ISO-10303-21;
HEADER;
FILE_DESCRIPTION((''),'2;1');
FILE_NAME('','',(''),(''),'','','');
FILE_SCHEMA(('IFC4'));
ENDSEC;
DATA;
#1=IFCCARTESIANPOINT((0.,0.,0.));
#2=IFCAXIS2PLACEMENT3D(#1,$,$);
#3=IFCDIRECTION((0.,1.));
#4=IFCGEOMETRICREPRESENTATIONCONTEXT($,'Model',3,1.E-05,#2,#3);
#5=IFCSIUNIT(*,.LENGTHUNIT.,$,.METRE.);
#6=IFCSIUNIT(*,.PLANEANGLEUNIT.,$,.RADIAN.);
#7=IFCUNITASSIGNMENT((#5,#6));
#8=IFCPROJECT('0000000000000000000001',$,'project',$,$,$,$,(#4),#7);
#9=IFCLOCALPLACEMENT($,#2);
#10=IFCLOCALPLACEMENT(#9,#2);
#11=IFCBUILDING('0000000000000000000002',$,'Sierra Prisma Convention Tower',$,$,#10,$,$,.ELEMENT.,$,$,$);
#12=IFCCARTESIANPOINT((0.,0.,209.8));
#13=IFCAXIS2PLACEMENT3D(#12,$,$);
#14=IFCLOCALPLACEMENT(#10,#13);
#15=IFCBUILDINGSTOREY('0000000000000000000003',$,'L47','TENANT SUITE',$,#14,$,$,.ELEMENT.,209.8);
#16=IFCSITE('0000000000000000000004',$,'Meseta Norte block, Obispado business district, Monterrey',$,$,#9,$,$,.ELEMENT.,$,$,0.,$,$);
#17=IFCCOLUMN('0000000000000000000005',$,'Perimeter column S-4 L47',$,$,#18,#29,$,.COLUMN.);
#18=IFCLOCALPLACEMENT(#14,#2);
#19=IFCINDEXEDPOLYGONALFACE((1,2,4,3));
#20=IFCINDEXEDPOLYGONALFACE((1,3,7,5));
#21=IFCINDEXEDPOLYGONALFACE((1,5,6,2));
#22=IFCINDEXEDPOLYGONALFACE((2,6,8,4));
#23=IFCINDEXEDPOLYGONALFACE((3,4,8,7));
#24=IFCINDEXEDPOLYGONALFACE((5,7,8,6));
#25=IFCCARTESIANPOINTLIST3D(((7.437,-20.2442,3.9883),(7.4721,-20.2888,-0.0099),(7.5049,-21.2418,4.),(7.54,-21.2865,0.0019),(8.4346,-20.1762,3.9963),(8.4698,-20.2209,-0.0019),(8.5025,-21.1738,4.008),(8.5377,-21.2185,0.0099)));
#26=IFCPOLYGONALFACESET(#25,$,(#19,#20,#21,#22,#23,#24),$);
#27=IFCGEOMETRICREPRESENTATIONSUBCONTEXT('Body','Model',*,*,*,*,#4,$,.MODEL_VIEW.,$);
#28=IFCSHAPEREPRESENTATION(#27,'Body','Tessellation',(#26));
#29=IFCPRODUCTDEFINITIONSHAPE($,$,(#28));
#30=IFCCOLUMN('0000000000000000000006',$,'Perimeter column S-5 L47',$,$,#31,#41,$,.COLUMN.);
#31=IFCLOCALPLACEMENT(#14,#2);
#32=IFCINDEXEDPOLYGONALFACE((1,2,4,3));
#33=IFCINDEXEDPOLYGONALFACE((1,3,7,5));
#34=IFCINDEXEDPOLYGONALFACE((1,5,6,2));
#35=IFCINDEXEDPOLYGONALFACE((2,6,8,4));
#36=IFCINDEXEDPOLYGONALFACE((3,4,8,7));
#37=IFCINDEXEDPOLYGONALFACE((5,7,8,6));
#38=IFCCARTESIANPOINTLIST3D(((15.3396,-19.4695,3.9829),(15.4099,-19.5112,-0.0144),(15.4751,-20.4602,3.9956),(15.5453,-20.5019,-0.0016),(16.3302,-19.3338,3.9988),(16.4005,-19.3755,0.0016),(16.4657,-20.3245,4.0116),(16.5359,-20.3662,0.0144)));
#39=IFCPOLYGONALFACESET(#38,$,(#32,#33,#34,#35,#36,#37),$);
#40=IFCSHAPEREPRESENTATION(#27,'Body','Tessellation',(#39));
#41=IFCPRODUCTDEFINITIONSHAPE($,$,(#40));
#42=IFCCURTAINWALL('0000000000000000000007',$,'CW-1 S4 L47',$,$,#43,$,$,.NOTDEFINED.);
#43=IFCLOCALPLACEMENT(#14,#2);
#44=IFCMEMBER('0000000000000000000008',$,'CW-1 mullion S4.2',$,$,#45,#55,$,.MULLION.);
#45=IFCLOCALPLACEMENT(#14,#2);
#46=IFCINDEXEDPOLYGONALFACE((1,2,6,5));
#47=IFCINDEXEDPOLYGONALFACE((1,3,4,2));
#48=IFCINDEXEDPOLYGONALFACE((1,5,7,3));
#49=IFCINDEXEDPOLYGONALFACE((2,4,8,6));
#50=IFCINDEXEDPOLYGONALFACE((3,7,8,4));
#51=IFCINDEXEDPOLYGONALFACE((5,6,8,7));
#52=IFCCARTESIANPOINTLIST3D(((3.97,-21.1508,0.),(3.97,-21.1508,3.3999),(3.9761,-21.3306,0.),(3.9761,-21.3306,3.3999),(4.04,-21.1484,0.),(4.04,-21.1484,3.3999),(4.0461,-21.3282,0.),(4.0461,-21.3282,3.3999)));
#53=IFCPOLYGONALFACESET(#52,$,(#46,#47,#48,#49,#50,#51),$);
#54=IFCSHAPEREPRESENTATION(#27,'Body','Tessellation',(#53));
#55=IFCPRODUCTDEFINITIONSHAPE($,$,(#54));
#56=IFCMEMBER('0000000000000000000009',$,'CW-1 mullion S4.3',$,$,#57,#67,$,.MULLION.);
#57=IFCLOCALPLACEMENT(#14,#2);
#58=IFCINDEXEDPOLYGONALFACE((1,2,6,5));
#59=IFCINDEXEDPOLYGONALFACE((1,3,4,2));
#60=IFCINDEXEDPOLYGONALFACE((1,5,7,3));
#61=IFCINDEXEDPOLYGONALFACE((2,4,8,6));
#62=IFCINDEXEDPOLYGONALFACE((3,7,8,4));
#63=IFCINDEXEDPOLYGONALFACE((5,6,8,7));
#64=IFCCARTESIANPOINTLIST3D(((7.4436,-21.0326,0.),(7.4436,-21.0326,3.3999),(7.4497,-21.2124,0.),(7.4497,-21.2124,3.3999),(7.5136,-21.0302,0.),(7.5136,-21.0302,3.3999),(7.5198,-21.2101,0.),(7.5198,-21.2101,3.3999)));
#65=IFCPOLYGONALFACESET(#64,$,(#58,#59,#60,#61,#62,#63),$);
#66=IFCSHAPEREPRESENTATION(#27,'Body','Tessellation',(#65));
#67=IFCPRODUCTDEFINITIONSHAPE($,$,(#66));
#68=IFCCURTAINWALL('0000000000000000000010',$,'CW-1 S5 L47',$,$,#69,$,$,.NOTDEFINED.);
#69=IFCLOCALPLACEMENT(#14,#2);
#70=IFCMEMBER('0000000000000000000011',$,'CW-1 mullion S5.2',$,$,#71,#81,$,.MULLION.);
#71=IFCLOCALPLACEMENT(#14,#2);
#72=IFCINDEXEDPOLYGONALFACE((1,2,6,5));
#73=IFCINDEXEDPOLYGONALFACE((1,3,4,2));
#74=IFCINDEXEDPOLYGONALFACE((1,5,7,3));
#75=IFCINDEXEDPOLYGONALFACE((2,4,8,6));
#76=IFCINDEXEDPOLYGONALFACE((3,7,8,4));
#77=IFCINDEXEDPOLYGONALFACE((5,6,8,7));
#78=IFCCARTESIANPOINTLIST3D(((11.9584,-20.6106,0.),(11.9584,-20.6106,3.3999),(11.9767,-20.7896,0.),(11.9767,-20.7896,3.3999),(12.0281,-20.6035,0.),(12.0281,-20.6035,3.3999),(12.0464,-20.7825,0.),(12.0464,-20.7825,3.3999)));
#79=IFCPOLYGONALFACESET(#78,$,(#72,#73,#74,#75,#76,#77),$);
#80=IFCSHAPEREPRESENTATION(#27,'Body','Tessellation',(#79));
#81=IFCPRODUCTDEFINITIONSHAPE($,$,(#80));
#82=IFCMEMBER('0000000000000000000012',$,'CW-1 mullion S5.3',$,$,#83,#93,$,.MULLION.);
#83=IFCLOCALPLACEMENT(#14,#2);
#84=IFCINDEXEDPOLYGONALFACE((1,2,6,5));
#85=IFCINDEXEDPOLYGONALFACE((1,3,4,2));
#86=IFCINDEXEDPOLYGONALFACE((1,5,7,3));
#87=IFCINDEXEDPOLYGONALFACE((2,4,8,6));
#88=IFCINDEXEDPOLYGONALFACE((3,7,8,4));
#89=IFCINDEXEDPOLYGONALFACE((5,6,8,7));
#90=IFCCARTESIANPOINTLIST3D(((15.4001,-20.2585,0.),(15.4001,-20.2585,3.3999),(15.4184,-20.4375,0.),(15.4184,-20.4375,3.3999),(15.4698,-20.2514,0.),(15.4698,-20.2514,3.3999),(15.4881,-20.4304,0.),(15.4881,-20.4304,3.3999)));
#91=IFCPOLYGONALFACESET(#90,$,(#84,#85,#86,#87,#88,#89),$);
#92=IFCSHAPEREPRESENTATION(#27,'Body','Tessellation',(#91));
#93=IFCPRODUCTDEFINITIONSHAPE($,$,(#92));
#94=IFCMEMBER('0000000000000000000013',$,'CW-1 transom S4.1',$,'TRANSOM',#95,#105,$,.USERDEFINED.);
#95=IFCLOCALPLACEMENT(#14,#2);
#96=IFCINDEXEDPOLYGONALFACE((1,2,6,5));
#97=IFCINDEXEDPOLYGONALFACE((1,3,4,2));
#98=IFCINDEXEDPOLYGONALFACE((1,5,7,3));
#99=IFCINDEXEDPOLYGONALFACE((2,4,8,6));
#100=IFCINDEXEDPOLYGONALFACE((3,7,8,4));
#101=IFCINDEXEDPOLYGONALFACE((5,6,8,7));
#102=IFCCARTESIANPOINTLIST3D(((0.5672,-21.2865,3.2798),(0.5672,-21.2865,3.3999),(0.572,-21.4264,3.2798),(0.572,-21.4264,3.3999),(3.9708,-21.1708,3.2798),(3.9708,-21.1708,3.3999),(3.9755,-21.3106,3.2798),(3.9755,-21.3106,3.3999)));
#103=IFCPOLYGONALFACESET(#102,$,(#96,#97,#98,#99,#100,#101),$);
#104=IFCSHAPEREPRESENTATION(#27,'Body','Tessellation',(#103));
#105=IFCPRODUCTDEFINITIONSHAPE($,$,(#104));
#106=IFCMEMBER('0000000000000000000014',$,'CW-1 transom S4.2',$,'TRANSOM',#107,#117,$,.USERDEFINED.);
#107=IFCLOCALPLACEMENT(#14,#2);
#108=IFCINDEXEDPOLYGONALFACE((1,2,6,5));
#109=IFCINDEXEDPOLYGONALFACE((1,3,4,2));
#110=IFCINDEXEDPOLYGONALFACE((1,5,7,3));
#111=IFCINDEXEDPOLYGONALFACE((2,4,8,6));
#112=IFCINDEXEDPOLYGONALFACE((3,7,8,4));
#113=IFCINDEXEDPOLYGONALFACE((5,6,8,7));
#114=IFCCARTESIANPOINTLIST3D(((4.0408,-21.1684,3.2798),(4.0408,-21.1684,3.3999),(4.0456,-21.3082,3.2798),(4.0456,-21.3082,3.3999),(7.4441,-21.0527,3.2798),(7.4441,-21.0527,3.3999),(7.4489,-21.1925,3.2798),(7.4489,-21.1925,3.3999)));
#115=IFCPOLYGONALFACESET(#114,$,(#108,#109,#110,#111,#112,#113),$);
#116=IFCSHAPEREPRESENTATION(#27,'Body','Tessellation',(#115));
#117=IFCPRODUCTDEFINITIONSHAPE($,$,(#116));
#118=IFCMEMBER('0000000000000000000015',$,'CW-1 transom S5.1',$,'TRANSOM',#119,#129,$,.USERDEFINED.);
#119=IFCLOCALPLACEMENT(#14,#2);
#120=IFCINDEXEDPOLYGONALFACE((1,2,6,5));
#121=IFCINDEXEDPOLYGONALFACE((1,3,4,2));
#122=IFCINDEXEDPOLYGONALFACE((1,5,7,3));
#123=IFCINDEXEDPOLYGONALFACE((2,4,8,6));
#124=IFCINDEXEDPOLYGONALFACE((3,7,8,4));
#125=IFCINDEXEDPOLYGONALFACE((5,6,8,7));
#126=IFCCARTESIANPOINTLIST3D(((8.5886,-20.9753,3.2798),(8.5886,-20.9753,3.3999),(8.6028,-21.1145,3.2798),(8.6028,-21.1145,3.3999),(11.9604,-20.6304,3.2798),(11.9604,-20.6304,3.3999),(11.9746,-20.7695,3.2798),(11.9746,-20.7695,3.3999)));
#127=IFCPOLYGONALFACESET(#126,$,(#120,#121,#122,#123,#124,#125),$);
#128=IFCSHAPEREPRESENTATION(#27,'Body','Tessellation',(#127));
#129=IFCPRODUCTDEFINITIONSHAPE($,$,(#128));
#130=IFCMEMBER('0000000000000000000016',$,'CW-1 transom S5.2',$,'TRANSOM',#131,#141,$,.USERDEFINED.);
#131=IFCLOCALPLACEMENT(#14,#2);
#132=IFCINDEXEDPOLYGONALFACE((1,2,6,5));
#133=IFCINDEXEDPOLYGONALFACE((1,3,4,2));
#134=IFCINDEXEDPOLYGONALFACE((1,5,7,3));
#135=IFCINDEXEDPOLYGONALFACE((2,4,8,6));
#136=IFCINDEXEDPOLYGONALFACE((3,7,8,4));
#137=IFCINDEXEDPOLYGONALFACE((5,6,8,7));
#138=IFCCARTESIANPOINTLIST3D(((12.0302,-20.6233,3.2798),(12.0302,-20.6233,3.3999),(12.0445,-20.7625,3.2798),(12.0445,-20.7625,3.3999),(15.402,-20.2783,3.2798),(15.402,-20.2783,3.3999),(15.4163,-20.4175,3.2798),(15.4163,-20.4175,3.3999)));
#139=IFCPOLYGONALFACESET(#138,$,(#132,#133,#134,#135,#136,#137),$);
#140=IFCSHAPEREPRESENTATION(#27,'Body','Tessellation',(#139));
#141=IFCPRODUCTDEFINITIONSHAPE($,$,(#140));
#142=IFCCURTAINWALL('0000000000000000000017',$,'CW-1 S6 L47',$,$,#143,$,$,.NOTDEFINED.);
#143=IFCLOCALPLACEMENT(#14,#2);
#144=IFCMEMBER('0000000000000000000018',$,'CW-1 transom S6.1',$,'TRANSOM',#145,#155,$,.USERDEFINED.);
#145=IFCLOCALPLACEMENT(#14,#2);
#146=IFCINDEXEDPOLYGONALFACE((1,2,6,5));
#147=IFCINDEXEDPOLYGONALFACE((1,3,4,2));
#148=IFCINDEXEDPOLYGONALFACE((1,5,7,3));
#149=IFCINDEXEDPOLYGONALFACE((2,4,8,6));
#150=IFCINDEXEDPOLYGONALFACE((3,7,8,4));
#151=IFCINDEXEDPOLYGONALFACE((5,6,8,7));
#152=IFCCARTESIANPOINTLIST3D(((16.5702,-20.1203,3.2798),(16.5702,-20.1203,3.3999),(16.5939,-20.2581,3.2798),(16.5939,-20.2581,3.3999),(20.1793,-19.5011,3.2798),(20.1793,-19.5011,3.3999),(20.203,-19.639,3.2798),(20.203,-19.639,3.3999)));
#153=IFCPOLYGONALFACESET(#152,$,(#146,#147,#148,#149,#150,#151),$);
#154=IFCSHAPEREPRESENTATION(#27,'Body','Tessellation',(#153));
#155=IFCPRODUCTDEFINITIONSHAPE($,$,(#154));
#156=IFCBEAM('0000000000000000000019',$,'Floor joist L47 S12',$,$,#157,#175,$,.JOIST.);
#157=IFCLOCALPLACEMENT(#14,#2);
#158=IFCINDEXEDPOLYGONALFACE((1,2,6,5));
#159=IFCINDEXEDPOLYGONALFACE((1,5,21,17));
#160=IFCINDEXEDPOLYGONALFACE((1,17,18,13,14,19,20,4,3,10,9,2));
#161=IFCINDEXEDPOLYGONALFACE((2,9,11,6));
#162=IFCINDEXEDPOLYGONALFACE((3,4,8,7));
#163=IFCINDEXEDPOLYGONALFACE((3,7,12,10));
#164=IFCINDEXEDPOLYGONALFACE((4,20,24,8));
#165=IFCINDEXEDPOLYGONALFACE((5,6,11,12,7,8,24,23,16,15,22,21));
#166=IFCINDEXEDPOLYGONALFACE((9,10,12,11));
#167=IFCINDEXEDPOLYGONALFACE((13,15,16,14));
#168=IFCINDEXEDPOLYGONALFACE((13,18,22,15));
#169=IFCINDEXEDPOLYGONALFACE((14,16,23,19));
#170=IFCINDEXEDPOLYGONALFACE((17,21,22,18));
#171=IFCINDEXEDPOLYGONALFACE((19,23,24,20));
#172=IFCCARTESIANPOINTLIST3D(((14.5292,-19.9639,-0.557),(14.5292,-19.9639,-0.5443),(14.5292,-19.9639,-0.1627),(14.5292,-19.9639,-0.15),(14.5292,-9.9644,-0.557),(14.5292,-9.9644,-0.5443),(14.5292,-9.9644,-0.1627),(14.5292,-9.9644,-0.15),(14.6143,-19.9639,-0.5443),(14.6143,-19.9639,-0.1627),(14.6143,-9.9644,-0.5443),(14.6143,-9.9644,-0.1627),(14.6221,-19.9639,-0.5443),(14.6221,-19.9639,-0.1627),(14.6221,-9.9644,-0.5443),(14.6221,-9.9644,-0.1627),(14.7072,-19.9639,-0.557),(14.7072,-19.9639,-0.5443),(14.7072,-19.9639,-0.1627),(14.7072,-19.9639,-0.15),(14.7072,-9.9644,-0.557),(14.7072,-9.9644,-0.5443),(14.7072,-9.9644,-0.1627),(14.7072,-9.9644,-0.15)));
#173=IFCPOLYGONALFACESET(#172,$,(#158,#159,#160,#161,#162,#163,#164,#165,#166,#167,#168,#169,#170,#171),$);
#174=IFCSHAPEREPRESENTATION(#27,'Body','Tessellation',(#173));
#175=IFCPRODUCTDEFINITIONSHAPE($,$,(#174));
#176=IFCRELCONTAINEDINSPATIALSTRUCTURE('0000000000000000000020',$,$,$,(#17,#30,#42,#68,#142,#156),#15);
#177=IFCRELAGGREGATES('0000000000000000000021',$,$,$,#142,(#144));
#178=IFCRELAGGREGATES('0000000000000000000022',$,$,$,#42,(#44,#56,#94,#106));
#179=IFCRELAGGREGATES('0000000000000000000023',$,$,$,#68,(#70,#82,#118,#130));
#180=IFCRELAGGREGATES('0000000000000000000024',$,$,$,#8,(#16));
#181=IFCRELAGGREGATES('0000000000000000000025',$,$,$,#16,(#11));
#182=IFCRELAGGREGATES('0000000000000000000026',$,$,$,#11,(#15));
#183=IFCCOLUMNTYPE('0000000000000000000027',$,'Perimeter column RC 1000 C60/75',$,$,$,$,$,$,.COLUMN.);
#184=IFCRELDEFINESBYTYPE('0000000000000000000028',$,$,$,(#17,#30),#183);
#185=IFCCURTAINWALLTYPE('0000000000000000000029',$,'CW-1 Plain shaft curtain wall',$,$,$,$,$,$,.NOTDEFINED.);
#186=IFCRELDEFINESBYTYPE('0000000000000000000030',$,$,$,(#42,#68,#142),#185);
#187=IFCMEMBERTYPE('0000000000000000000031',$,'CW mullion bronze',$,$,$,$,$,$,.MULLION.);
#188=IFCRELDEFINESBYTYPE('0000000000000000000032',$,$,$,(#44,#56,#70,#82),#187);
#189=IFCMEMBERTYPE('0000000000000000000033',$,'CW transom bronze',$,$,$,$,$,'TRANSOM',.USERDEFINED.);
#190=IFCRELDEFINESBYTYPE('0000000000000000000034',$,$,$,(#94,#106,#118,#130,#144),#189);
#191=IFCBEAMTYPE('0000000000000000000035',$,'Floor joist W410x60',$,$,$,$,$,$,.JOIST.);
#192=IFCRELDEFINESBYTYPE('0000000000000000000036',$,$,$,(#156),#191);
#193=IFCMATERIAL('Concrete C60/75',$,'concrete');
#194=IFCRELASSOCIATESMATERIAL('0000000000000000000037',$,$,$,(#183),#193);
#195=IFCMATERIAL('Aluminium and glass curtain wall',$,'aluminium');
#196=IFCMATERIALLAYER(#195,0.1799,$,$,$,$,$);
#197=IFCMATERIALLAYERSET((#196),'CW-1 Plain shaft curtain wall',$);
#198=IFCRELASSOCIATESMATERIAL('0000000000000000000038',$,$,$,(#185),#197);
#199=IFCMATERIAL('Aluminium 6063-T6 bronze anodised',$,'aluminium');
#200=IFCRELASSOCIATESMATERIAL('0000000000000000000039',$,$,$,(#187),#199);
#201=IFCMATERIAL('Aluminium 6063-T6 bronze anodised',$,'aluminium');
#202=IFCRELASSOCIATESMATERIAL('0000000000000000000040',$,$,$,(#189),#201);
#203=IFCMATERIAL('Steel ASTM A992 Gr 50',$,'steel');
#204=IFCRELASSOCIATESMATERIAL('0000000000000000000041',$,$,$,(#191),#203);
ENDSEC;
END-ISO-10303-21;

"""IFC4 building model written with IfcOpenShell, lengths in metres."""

from ifc_helpers import new_model, si_unit, direction, frame, origin, origin_2d, place, context, subcontext, project, spatial, rectangle, i_section, extrude, clip, halfspace, material, layer, layer_set, material_profile, profile_set, type_object, element, aggregate, save


model = new_model("IFC4")

# Units and contexts
model_context = context("Model", 3, precision=1e-05, world=origin(), true_north=direction((0.0, 1.0)))
body_context = subcontext(model_context, "Body", "Model", "MODEL_VIEW")
ifc_project = project(units=[si_unit("LENGTHUNIT", "METRE"), si_unit("PLANEANGLEUNIT", "RADIAN")], contexts=[model_context])

# Site, building, storey
site_placement = place(None, origin())
site = spatial("IfcSite", under=ifc_project, at=site_placement, Name="Meseta Norte block, Obispado business district, Monterrey", CompositionType="ELEMENT", RefElevation=0.0)
building_placement = place(site_placement, origin())
building = spatial("IfcBuilding", under=site, at=building_placement, Name="Sierra Prisma Convention Tower", CompositionType="ELEMENT")
storey_placement = place(building_placement, frame((0.0, 0.0, 209.8)))
storey = spatial("IfcBuildingStorey", under=building, at=storey_placement, Name="L47", Description="TENANT SUITE", CompositionType="ELEMENT", Elevation=209.8)

# Columns
ifc_material_1 = material(Name="Concrete C60/75", Category="concrete")
ifc_material_profile_1 = material_profile(ifc_material_1, rectangle(XDim=1.0, YDim=1.0, at=origin_2d()), Name="Perimeter column RC 1000 C60/75")
ifc_profile_set_1 = profile_set([ifc_material_profile_1], Name="Concrete C60/75")
column_type = type_object("IfcColumnType", Name="Perimeter column RC 1000 C60/75", PredefinedType="COLUMN", material=ifc_profile_set_1)
column_1_placement = place(storey_placement, frame((8.0049, -20.7537, 0.0), z_axis=(-0.008788, 0.011168, 0.999899), x_axis=(0.997654, 0.067991, 0.008009)))
element("IfcColumn", 1, at=column_1_placement, inside=storey, type_object=column_type, Name="Perimeter column S-4 L47", PredefinedType="COLUMN", context=body_context, shape_type="SweptSolid", body=[
    clip(extrude(rectangle(XDim=1.0, YDim=1.0, at=origin_2d()), origin(), (0.0, 0.0, 1.0), 4.0005), halfspace(frame((0.0, 0.0, 3.9985)), False)),
])
column_2_placement = place(storey_placement, frame((15.9729, -19.9387, 0.0), z_axis=(-0.017574, 0.010435, 0.999791), x_axis=(0.990627, 0.135653, 0.015998)))
element("IfcColumn", 2, at=column_2_placement, inside=storey, type_object=column_type, Name="Perimeter column S-5 L47", PredefinedType="COLUMN", context=body_context, shape_type="SweptSolid", body=[
    clip(extrude(rectangle(XDim=1.0, YDim=1.0, at=origin_2d()), origin(), (0.0, 0.0, 1.0), 4.0007), halfspace(frame((0.0, 0.0, 3.998)), False)),
])

# Curtain walls, members
ifc_material_2 = material(Name="Aluminium and glass curtain wall", Category="aluminium")
ifc_layer_1 = layer(ifc_material_2, 0.1799)
ifc_layer_set_1 = layer_set([ifc_layer_1], Name="CW-1 Plain shaft curtain wall")
curtain_wall_type = type_object("IfcCurtainWallType", Name="CW-1 Plain shaft curtain wall", PredefinedType="NOTDEFINED", material=ifc_layer_set_1)
curtain_wall_1_placement = place(storey_placement, origin())
curtain_wall_1 = element("IfcCurtainWall", 3, at=curtain_wall_1_placement, inside=storey, type_object=curtain_wall_type, Name="CW-1 S4 L47", PredefinedType="NOTDEFINED")
ifc_material_3 = material(Name="Aluminium 6063-T6 bronze anodised", Category="aluminium")
ifc_material_profile_2 = material_profile(ifc_material_3, rectangle(XDim=0.1799, YDim=0.0701, at=origin_2d()), Name="ALU MULLION 70x180")
ifc_profile_set_2 = profile_set([ifc_material_profile_2], Name="Aluminium 6063-T6 bronze anodised")
member_type_1 = type_object("IfcMemberType", Name="CW mullion bronze", PredefinedType="MULLION", material=ifc_profile_set_2)
member_1_placement = place(storey_placement, frame((4.0081, -21.2395, 0.0), z_axis=(0.0, 0.0, 1.0), x_axis=(-0.033968, 0.999423, 0.0)))
member_1 = element("IfcMember", 4, at=member_1_placement, type_object=member_type_1, Name="CW-1 mullion S4.2", PredefinedType="MULLION", context=body_context, shape_type="SweptSolid", body=[
    extrude(rectangle(XDim=0.1799, YDim=0.0701, at=origin_2d()), origin(), (0.0, 0.0, 1.0), 3.3999),
])
member_2_placement = place(storey_placement, frame((7.4817, -21.1213, 0.0), z_axis=(0.0, 0.0, 1.0), x_axis=(-0.033968, 0.999423, 0.0)))
member_2 = element("IfcMember", 5, at=member_2_placement, type_object=member_type_1, Name="CW-1 mullion S4.3", PredefinedType="MULLION", context=body_context, shape_type="SweptSolid", body=[
    extrude(rectangle(XDim=0.1799, YDim=0.0701, at=origin_2d()), origin(), (0.0, 0.0, 1.0), 3.3999),
])
curtain_wall_2_placement = place(storey_placement, origin())
curtain_wall_2 = element("IfcCurtainWall", 6, at=curtain_wall_2_placement, inside=storey, type_object=curtain_wall_type, Name="CW-1 S5 L47", PredefinedType="NOTDEFINED")
member_3_placement = place(storey_placement, frame((12.0024, -20.6965, 0.0), z_axis=(0.0, 0.0, 1.0), x_axis=(-0.101746, 0.99481, 0.0)))
member_3 = element("IfcMember", 7, at=member_3_placement, type_object=member_type_1, Name="CW-1 mullion S5.2", PredefinedType="MULLION", context=body_context, shape_type="SweptSolid", body=[
    extrude(rectangle(XDim=0.1799, YDim=0.0701, at=origin_2d()), origin(), (0.0, 0.0, 1.0), 3.3999),
])
member_4_placement = place(storey_placement, frame((15.4441, -20.3445, 0.0), z_axis=(0.0, 0.0, 1.0), x_axis=(-0.101746, 0.99481, 0.0)))
member_4 = element("IfcMember", 8, at=member_4_placement, type_object=member_type_1, Name="CW-1 mullion S5.3", PredefinedType="MULLION", context=body_context, shape_type="SweptSolid", body=[
    extrude(rectangle(XDim=0.1799, YDim=0.0701, at=origin_2d()), origin(), (0.0, 0.0, 1.0), 3.3999),
])

# Members
ifc_material_4 = material(Name="Aluminium 6063-T6 bronze anodised", Category="aluminium")
ifc_material_profile_3 = material_profile(ifc_material_4, rectangle(XDim=0.1399, YDim=0.1201, at=origin_2d()), Name="ALU TRANSOM 120x140")
ifc_profile_set_3 = profile_set([ifc_material_profile_3], Name="Aluminium 6063-T6 bronze anodised")
member_type_2 = type_object("IfcMemberType", Name="CW transom bronze", ElementType="TRANSOM", PredefinedType="USERDEFINED", material=ifc_profile_set_3)
member_5_placement = place(storey_placement, frame((0.5696, -21.3564, 3.3398), z_axis=(0.999422, 0.033981, 0.0), x_axis=(-0.033981, 0.999422, 0.0)))
member_5 = element("IfcMember", 9, at=member_5_placement, type_object=member_type_2, Name="CW-1 transom S4.1", ObjectType="TRANSOM", PredefinedType="USERDEFINED", context=body_context, shape_type="SweptSolid", body=[
    extrude(rectangle(XDim=0.1399, YDim=0.1201, at=origin_2d()), origin(), (0.0, 0.0, 1.0), 3.4055),
])
member_6_placement = place(storey_placement, frame((4.0432, -21.2383, 3.3398), z_axis=(0.999422, 0.033983, 0.0), x_axis=(-0.033983, 0.999422, 0.0)))
member_6 = element("IfcMember", 10, at=member_6_placement, type_object=member_type_2, Name="CW-1 transom S4.2", ObjectType="TRANSOM", PredefinedType="USERDEFINED", context=body_context, shape_type="SweptSolid", body=[
    extrude(rectangle(XDim=0.1399, YDim=0.1201, at=origin_2d()), origin(), (0.0, 0.0, 1.0), 3.4053),
])
member_7_placement = place(storey_placement, frame((8.5957, -21.0449, 3.3398), z_axis=(0.994807, 0.101778, 0.0), x_axis=(-0.101778, 0.994807, 0.0)))
member_7 = element("IfcMember", 11, at=member_7_placement, type_object=member_type_2, Name="CW-1 transom S5.1", ObjectType="TRANSOM", PredefinedType="USERDEFINED", context=body_context, shape_type="SweptSolid", body=[
    extrude(rectangle(XDim=0.1399, YDim=0.1201, at=origin_2d()), origin(), (0.0, 0.0, 1.0), 3.3894),
])
member_8_placement = place(storey_placement, frame((12.0374, -20.6929, 3.3398), z_axis=(0.994807, 0.101778, 0.0), x_axis=(-0.101778, 0.994807, 0.0)))
member_8 = element("IfcMember", 12, at=member_8_placement, type_object=member_type_2, Name="CW-1 transom S5.2", ObjectType="TRANSOM", PredefinedType="USERDEFINED", context=body_context, shape_type="SweptSolid", body=[
    extrude(rectangle(XDim=0.1399, YDim=0.1201, at=origin_2d()), origin(), (0.0, 0.0, 1.0), 3.3894),
])

# Curtain wall, member
curtain_wall_3_placement = place(storey_placement, origin())
curtain_wall_3 = element("IfcCurtainWall", 13, at=curtain_wall_3_placement, inside=storey, type_object=curtain_wall_type, Name="CW-1 S6 L47", PredefinedType="NOTDEFINED")
member_9_placement = place(storey_placement, frame((16.582, -20.1892, 3.3398), z_axis=(0.985603, 0.169079, 0.0), x_axis=(-0.169079, 0.985603, 0.0)))
member_9 = element("IfcMember", 14, at=member_9_placement, type_object=member_type_2, Name="CW-1 transom S6.1", ObjectType="TRANSOM", PredefinedType="USERDEFINED", context=body_context, shape_type="SweptSolid", body=[
    extrude(rectangle(XDim=0.1399, YDim=0.1201, at=origin_2d()), origin(), (0.0, 0.0, 1.0), 3.6619),
])
aggregate(curtain_wall_3, [member_9])

# Beam
ifc_material_5 = material(Name="Steel ASTM A992 Gr 50", Category="steel")
ifc_material_profile_4 = material_profile(ifc_material_5, i_section(OverallWidth=0.178, OverallDepth=0.407, WebThickness=0.0078, FlangeThickness=0.0127, at=origin_2d()), Name="W410x60")
ifc_profile_set_4 = profile_set([ifc_material_profile_4], Name="Steel ASTM A992 Gr 50")
beam_type_1 = type_object("IfcBeamType", Name="Floor joist W410x60", PredefinedType="JOIST", material=ifc_profile_set_4)
beam_1_placement = place(storey_placement, frame((14.6182, -19.9639, -0.3535), z_axis=(0.0, 1.0, 0.0), x_axis=(-1.0, 0.0, 0.0)))
element("IfcBeam", 15, at=beam_1_placement, inside=storey, type_object=beam_type_1, Name="Floor joist L47 S12", PredefinedType="JOIST", context=body_context, shape_type="SweptSolid", body=[
    extrude(i_section(OverallWidth=0.178, OverallDepth=0.407, WebThickness=0.0078, FlangeThickness=0.0127, at=origin_2d()), origin(), (0.0, 0.0, 1.0), 9.9995),
])

aggregate(curtain_wall_1, [member_1, member_2, member_5, member_6])
aggregate(curtain_wall_2, [member_3, member_4, member_7, member_8])

save(model, "model.ifc")
